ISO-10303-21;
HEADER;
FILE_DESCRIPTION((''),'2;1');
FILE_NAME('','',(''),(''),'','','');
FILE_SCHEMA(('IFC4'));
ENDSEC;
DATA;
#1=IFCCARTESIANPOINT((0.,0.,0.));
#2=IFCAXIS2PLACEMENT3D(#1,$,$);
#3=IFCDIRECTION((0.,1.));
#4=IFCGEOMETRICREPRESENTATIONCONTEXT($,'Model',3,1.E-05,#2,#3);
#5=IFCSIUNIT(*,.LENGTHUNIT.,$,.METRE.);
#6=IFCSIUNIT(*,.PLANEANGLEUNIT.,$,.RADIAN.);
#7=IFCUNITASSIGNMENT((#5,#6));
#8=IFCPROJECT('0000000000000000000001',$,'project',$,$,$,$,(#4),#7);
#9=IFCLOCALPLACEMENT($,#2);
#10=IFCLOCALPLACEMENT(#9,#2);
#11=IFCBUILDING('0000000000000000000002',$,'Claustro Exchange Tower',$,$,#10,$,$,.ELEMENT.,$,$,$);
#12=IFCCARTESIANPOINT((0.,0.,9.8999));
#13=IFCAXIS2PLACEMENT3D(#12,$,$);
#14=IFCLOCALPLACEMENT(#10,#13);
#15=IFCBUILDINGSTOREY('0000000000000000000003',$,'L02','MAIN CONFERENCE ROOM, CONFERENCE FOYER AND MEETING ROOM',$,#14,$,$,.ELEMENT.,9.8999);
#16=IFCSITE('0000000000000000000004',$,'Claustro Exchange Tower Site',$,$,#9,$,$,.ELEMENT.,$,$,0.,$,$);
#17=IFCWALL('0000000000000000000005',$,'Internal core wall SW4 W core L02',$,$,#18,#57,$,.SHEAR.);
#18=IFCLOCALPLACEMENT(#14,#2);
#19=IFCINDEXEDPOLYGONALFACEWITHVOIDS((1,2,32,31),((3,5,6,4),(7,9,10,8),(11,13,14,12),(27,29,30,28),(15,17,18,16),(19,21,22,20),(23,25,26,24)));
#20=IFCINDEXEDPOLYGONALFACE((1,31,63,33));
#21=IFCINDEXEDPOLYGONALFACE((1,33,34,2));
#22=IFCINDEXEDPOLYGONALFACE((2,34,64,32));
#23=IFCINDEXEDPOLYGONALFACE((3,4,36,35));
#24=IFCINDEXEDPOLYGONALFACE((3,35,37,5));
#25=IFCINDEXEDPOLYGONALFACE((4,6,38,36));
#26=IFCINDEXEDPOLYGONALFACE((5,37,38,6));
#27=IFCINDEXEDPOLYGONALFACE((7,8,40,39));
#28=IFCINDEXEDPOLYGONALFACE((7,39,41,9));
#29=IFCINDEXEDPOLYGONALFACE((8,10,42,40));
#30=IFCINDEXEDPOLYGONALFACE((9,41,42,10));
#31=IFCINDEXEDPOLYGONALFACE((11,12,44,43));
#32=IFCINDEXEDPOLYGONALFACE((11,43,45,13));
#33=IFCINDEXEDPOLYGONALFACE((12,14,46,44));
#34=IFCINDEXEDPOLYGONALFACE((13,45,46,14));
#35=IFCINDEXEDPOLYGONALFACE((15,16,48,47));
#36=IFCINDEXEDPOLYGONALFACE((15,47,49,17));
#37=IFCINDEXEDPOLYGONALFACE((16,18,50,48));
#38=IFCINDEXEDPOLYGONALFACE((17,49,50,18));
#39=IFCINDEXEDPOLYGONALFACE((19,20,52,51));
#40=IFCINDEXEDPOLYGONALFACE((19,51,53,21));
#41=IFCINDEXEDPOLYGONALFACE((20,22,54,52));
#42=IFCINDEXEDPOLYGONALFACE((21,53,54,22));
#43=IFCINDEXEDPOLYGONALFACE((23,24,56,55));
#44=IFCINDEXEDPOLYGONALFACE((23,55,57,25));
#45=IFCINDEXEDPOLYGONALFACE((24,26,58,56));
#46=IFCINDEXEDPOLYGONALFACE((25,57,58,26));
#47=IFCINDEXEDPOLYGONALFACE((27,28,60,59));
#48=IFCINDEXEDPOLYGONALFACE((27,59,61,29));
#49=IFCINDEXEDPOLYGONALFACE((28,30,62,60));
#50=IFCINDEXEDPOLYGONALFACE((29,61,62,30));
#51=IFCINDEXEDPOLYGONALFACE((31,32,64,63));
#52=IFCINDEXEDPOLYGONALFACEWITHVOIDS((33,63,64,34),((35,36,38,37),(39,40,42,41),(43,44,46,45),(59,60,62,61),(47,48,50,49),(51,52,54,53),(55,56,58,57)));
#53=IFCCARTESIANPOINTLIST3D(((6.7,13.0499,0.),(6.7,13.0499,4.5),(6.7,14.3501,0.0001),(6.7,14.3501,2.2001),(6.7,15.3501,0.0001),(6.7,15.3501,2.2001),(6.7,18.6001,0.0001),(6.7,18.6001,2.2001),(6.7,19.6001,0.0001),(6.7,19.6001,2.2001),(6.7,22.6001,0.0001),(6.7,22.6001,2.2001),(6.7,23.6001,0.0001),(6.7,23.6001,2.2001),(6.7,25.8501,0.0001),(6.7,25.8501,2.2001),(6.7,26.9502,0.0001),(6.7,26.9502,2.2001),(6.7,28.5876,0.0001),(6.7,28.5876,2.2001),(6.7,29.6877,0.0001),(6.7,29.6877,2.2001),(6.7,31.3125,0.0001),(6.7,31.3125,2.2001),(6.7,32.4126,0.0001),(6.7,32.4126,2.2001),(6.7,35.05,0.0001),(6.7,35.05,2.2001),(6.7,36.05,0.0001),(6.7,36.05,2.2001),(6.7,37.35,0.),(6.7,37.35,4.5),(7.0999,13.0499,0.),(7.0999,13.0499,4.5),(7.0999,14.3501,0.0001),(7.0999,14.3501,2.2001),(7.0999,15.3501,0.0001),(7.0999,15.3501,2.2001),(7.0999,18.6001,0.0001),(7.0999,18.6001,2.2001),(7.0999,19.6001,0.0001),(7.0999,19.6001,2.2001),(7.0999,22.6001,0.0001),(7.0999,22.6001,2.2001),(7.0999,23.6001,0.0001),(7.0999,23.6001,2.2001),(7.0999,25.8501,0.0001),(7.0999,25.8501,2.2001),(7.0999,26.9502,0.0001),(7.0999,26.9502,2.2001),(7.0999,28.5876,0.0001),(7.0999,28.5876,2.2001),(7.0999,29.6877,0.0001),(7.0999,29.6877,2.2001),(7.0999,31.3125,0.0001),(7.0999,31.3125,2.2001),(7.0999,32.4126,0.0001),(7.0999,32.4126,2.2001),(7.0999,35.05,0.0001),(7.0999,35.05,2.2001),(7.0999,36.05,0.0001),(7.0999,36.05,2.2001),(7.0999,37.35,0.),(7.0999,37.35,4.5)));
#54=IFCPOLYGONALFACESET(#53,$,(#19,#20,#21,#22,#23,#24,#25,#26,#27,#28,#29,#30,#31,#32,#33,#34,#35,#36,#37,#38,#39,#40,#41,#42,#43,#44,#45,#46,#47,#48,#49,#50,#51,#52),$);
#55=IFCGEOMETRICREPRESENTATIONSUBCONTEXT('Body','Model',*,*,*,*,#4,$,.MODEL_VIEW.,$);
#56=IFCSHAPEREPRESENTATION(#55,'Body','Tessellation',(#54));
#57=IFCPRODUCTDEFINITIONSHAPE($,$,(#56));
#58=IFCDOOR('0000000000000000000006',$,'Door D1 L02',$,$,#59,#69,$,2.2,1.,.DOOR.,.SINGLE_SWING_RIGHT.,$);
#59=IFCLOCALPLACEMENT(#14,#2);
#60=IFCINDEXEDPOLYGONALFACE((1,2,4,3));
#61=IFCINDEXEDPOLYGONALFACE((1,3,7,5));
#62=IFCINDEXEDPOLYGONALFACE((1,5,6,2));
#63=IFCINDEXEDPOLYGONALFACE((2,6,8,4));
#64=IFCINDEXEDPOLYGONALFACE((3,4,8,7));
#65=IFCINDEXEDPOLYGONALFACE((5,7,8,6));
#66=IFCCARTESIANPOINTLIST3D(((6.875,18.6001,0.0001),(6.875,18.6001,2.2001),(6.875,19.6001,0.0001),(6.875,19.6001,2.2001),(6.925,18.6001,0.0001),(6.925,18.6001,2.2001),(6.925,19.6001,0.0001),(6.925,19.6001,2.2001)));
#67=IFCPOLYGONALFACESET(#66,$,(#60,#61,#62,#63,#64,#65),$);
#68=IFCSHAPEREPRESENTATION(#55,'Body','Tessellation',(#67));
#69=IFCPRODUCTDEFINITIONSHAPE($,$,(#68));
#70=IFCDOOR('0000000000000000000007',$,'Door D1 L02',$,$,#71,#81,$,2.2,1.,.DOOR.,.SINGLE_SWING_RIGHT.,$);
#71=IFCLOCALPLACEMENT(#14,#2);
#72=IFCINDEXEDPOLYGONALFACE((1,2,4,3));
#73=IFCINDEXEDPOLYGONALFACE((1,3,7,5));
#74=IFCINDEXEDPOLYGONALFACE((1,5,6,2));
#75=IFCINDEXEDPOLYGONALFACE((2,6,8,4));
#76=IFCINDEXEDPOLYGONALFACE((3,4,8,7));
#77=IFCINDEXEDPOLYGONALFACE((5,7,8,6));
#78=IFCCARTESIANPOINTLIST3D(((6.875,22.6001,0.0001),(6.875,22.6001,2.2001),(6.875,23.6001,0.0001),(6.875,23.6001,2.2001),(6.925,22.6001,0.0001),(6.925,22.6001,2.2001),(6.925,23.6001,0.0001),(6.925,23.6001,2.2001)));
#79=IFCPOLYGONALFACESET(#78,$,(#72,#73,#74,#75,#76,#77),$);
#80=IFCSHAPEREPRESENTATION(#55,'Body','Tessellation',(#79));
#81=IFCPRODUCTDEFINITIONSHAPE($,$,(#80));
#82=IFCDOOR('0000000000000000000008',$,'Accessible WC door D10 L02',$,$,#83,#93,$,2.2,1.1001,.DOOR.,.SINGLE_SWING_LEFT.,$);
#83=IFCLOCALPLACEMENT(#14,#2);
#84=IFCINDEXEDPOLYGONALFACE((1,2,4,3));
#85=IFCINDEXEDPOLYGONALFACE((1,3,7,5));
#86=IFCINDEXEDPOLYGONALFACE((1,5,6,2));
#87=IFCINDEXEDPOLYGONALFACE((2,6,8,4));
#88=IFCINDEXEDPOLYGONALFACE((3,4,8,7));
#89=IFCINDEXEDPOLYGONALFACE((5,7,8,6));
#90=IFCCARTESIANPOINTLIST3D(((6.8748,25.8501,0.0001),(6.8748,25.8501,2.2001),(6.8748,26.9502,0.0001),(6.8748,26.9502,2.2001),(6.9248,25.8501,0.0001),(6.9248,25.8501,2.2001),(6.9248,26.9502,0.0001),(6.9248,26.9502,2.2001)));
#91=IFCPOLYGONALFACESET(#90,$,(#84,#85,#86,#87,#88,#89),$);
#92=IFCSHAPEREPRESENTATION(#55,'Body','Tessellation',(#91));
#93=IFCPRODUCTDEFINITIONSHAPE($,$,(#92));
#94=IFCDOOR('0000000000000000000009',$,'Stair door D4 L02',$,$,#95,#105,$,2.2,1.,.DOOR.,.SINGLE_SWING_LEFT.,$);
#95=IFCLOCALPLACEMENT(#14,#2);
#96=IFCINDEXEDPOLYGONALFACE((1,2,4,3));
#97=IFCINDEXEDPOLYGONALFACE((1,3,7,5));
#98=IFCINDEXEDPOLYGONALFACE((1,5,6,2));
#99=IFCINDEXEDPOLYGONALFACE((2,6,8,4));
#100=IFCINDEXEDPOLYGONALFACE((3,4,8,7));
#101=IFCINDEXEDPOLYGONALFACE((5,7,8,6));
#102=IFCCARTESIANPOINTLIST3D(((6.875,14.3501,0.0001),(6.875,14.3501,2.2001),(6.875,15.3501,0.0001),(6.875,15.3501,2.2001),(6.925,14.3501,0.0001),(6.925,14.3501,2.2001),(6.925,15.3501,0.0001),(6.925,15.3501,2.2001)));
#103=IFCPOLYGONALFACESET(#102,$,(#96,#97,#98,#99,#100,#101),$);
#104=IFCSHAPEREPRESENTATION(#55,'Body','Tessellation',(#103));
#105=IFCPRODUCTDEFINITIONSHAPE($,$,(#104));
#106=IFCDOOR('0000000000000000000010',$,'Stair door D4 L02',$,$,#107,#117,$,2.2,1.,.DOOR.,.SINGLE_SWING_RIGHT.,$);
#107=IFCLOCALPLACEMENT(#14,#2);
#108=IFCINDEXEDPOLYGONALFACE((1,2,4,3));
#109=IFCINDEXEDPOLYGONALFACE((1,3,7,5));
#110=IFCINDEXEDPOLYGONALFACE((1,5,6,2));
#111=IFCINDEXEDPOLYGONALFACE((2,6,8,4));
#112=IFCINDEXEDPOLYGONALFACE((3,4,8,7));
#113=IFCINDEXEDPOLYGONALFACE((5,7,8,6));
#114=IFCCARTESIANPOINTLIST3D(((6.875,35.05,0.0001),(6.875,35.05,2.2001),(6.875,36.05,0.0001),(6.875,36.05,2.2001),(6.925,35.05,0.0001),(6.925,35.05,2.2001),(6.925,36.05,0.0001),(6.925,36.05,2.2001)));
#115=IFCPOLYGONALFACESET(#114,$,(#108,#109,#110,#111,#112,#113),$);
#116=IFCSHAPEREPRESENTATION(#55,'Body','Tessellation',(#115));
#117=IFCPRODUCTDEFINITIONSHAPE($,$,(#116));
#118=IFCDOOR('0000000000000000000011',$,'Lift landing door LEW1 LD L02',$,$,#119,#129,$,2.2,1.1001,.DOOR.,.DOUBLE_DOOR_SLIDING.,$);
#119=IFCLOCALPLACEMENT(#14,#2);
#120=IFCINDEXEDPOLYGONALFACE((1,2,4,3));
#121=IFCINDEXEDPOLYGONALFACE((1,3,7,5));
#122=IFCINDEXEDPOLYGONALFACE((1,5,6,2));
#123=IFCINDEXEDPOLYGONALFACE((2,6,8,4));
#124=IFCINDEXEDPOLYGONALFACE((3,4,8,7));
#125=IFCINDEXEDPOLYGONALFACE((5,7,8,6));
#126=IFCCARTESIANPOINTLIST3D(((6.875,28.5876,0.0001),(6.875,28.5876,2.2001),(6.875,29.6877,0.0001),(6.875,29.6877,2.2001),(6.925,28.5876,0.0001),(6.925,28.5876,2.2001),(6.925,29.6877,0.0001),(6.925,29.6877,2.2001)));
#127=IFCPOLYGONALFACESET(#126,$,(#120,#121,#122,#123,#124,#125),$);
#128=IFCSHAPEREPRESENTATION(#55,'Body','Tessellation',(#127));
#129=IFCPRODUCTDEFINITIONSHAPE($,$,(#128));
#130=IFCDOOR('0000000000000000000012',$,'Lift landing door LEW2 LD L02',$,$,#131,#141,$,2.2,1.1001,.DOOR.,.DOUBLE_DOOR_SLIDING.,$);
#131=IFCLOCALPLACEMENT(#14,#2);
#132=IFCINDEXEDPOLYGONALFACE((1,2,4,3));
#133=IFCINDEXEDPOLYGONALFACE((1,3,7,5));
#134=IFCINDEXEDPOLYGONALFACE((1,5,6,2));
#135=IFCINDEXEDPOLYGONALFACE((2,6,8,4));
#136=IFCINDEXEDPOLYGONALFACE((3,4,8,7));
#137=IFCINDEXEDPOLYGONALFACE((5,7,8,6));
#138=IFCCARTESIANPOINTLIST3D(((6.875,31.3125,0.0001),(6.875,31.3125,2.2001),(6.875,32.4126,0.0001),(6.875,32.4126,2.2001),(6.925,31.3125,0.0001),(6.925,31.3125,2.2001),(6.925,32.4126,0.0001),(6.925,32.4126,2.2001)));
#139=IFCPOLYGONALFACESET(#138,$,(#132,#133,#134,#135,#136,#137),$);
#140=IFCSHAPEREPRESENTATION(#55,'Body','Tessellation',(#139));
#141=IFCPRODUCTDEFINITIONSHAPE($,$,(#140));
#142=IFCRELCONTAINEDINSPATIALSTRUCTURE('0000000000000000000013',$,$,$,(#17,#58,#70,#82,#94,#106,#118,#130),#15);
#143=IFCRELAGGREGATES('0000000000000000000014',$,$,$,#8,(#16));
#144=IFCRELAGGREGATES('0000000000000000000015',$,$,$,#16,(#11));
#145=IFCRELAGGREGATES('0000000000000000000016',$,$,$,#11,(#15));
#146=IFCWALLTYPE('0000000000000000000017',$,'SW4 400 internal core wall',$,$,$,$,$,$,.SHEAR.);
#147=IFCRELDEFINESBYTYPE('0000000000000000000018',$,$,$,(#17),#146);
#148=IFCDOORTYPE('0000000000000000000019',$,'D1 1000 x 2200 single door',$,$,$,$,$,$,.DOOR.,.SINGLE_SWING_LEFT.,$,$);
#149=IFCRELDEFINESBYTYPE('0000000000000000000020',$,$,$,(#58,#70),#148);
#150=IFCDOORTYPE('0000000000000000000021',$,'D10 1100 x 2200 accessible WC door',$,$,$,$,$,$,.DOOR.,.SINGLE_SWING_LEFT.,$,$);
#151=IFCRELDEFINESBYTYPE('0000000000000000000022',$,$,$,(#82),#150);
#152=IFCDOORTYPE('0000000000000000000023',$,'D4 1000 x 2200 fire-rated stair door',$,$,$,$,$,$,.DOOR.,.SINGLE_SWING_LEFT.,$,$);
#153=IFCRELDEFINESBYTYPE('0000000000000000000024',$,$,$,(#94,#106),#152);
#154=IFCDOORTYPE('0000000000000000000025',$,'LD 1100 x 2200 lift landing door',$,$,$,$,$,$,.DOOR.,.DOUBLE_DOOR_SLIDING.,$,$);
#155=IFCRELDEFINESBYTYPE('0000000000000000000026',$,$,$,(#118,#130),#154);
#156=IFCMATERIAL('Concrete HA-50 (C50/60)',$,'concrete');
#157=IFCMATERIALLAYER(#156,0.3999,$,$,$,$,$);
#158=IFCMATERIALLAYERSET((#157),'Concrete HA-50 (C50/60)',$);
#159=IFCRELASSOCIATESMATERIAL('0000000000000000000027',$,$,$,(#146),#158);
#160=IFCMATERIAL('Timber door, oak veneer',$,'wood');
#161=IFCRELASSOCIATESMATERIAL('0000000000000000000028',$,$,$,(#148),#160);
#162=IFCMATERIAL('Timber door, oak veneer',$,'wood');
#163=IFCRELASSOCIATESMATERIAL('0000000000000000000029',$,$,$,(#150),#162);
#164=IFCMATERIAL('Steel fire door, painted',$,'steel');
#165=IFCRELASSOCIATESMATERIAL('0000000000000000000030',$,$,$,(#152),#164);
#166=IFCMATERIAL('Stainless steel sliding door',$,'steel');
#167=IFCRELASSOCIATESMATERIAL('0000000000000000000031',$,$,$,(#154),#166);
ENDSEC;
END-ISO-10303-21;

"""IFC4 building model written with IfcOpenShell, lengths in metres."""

from ifc_helpers import new_model, si_unit, direction, frame, frame_2d, origin, place, context, subcontext, project, spatial, rectangle, extrude, material, layer, layer_set, type_object, element, fill, save


model = new_model("IFC4")

# Units and contexts
model_context = context("Model", 3, precision=1e-05, world=origin(), true_north=direction((0.0, 1.0)))
body_context = subcontext(model_context, "Body", "Model", "MODEL_VIEW")
ifc_project = project(units=[si_unit("LENGTHUNIT", "METRE"), si_unit("PLANEANGLEUNIT", "RADIAN")], contexts=[model_context])

# Site, building, storey
site_placement = place(None, origin())
site = spatial("IfcSite", under=ifc_project, at=site_placement, Name="Claustro Exchange Tower Site", CompositionType="ELEMENT", RefElevation=0.0)
building_placement = place(site_placement, origin())
building = spatial("IfcBuilding", under=site, at=building_placement, Name="Claustro Exchange Tower", CompositionType="ELEMENT")
storey_placement = place(building_placement, frame((0.0, 0.0, 9.8999)))
storey = spatial("IfcBuildingStorey", under=building, at=storey_placement, Name="L02", Description="MAIN CONFERENCE ROOM, CONFERENCE FOYER AND MEETING ROOM", CompositionType="ELEMENT", Elevation=9.8999)

# Wall, openings, doors
ifc_material_1 = material(Name="Concrete HA-50 (C50/60)", Category="concrete")
ifc_layer = layer(ifc_material_1, 0.3999)
ifc_layer_set = layer_set([ifc_layer], Name="Concrete HA-50 (C50/60)")
wall_type = type_object("IfcWallType", Name="SW4 400 internal core wall", PredefinedType="SHEAR", material=ifc_layer_set)
wall_placement = place(storey_placement, frame((6.8999, 13.05, 0.0), z_axis=(0.0, 0.0, 1.0), x_axis=(0.0, 1.0, 0.0)))
wall = element("IfcWall", 1, at=wall_placement, inside=storey, type_object=wall_type, Name="Internal core wall SW4 W core L02", PredefinedType="SHEAR", context=body_context, shape_type="SweptSolid", body=[
    extrude(rectangle(XDim=24.3, YDim=0.3999, at=frame_2d((12.1499, 0.0))), origin(), (0.0, 0.0, 1.0), 4.5),
])
opening_1_placement = place(wall_placement, frame((1.3, 0.0, 0.0)))
opening_1 = element("IfcOpeningElement", 2, at=opening_1_placement, cuts=wall, PredefinedType="OPENING", context=body_context, shape_type="SweptSolid", body=[
    extrude(rectangle(XDim=1.0, YDim=2.2, at=frame_2d((0.5, 1.1001))), frame((0.0, 0.21, 0.0), z_axis=(0.0, -1.0, 0.0), x_axis=(1.0, 0.0, 0.0)), (0.0, 0.0, 1.0), 0.4199),
])
opening_2_placement = place(wall_placement, frame((22.0, 0.0, 0.0)))
opening_2 = element("IfcOpeningElement", 3, at=opening_2_placement, cuts=wall, PredefinedType="OPENING", context=body_context, shape_type="SweptSolid", body=[
    extrude(rectangle(XDim=1.0, YDim=2.2, at=frame_2d((0.5, 1.1001))), frame((0.0, 0.21, 0.0), z_axis=(0.0, -1.0, 0.0), x_axis=(1.0, 0.0, 0.0)), (0.0, 0.0, 1.0), 0.4199),
])
opening_3_placement = place(wall_placement, frame((5.55, 0.0, 0.0)))
opening_3 = element("IfcOpeningElement", 4, at=opening_3_placement, cuts=wall, PredefinedType="OPENING", context=body_context, shape_type="SweptSolid", body=[
    extrude(rectangle(XDim=1.0, YDim=2.2, at=frame_2d((0.5, 1.1001))), frame((0.0, 0.21, 0.0), z_axis=(0.0, -1.0, 0.0), x_axis=(1.0, 0.0, 0.0)), (0.0, 0.0, 1.0), 0.4199),
])
opening_4_placement = place(wall_placement, frame((9.55, 0.0, 0.0)))
opening_4 = element("IfcOpeningElement", 5, at=opening_4_placement, cuts=wall, PredefinedType="OPENING", context=body_context, shape_type="SweptSolid", body=[
    extrude(rectangle(XDim=1.0, YDim=2.2, at=frame_2d((0.5, 1.1001))), frame((0.0, 0.21, 0.0), z_axis=(0.0, -1.0, 0.0), x_axis=(1.0, 0.0, 0.0)), (0.0, 0.0, 1.0), 0.4199),
])
opening_5_placement = place(wall_placement, frame((12.8, 0.0, 0.0)))
opening_5 = element("IfcOpeningElement", 6, at=opening_5_placement, cuts=wall, PredefinedType="OPENING", context=body_context, shape_type="SweptSolid", body=[
    extrude(rectangle(XDim=1.1001, YDim=2.2, at=frame_2d((0.55, 1.1001))), frame((0.0, 0.21, 0.0), z_axis=(0.0, -1.0, 0.0), x_axis=(1.0, 0.0, 0.0)), (0.0, 0.0, 1.0), 0.4199),
])
opening_6_placement = place(wall_placement, frame((15.5376, 0.0, 0.0)))
opening_6 = element("IfcOpeningElement", 7, at=opening_6_placement, cuts=wall, PredefinedType="OPENING", context=body_context, shape_type="SweptSolid", body=[
    extrude(rectangle(XDim=1.1001, YDim=2.2, at=frame_2d((0.55, 1.1001))), frame((0.0, 0.21, 0.0), z_axis=(0.0, -1.0, 0.0), x_axis=(1.0, 0.0, 0.0)), (0.0, 0.0, 1.0), 0.4199),
])
opening_7_placement = place(wall_placement, frame((18.2625, 0.0, 0.0)))
opening_7 = element("IfcOpeningElement", 8, at=opening_7_placement, cuts=wall, PredefinedType="OPENING", context=body_context, shape_type="SweptSolid", body=[
    extrude(rectangle(XDim=1.1001, YDim=2.2, at=frame_2d((0.55, 1.1001))), frame((0.0, 0.21, 0.0), z_axis=(0.0, -1.0, 0.0), x_axis=(1.0, 0.0, 0.0)), (0.0, 0.0, 1.0), 0.4199),
])
ifc_material_2 = material(Name="Timber door, oak veneer", Category="wood")
door_type_1 = type_object("IfcDoorType", Name="D1 1000 x 2200 single door", OperationType="SINGLE_SWING_LEFT", PredefinedType="DOOR", material=ifc_material_2)
door_1_placement = place(opening_3_placement, origin())
door_1 = element("IfcDoor", 9, at=door_1_placement, inside=storey, type_object=door_type_1, Name="Door D1 L02", OperationType="SINGLE_SWING_RIGHT", OverallHeight=2.2, OverallWidth=1.0, PredefinedType="DOOR", context=body_context, shape_type="SweptSolid", body=[
    extrude(rectangle(XDim=1.0, YDim=2.2, at=frame_2d((0.5, 1.1001))), frame((0.0, 0.0249, 0.0), z_axis=(0.0, -1.0, 0.0), x_axis=(1.0, 0.0, 0.0)), (0.0, 0.0, 1.0), 0.05),
])
fill(opening_3, door_1)
door_2_placement = place(opening_4_placement, origin())
door_2 = element("IfcDoor", 10, at=door_2_placement, inside=storey, type_object=door_type_1, Name="Door D1 L02", OperationType="SINGLE_SWING_RIGHT", OverallHeight=2.2, OverallWidth=1.0, PredefinedType="DOOR", context=body_context, shape_type="SweptSolid", body=[
    extrude(rectangle(XDim=1.0, YDim=2.2, at=frame_2d((0.5, 1.1001))), frame((0.0, 0.0249, 0.0), z_axis=(0.0, -1.0, 0.0), x_axis=(1.0, 0.0, 0.0)), (0.0, 0.0, 1.0), 0.05),
])
fill(opening_4, door_2)
ifc_material_3 = material(Name="Timber door, oak veneer", Category="wood")
door_type_2 = type_object("IfcDoorType", Name="D10 1100 x 2200 accessible WC door", OperationType="SINGLE_SWING_LEFT", PredefinedType="DOOR", material=ifc_material_3)
door_3_placement = place(opening_5_placement, frame((1.1001, 0.0, 0.0), z_axis=(0.0, 0.0, 1.0), x_axis=(-1.0, 0.0, 0.0)))
door_3 = element("IfcDoor", 11, at=door_3_placement, inside=storey, type_object=door_type_2, Name="Accessible WC door D10 L02", OperationType="SINGLE_SWING_LEFT", OverallHeight=2.2, OverallWidth=1.1001, PredefinedType="DOOR", context=body_context, shape_type="SweptSolid", body=[
    extrude(rectangle(XDim=1.1001, YDim=2.2, at=frame_2d((0.55, 1.1001))), frame((0.0, 0.0249, 0.0), z_axis=(0.0, -1.0, 0.0), x_axis=(1.0, 0.0, 0.0)), (0.0, 0.0, 1.0), 0.05),
])
fill(opening_5, door_3)
ifc_material_4 = material(Name="Steel fire door, painted", Category="steel")
door_type_3 = type_object("IfcDoorType", Name="D4 1000 x 2200 fire-rated stair door", OperationType="SINGLE_SWING_LEFT", PredefinedType="DOOR", material=ifc_material_4)
door_4_placement = place(opening_1_placement, origin())
door_4 = element("IfcDoor", 12, at=door_4_placement, inside=storey, type_object=door_type_3, Name="Stair door D4 L02", OperationType="SINGLE_SWING_LEFT", OverallHeight=2.2, OverallWidth=1.0, PredefinedType="DOOR", context=body_context, shape_type="SweptSolid", body=[
    extrude(rectangle(XDim=1.0, YDim=2.2, at=frame_2d((0.5, 1.1001))), frame((0.0, 0.0249, 0.0), z_axis=(0.0, -1.0, 0.0), x_axis=(1.0, 0.0, 0.0)), (0.0, 0.0, 1.0), 0.05),
])
fill(opening_1, door_4)
door_5_placement = place(opening_2_placement, origin())
door_5 = element("IfcDoor", 13, at=door_5_placement, inside=storey, type_object=door_type_3, Name="Stair door D4 L02", OperationType="SINGLE_SWING_RIGHT", OverallHeight=2.2, OverallWidth=1.0, PredefinedType="DOOR", context=body_context, shape_type="SweptSolid", body=[
    extrude(rectangle(XDim=1.0, YDim=2.2, at=frame_2d((0.5, 1.1001))), frame((0.0, 0.0249, 0.0), z_axis=(0.0, -1.0, 0.0), x_axis=(1.0, 0.0, 0.0)), (0.0, 0.0, 1.0), 0.05),
])
fill(opening_2, door_5)
ifc_material_5 = material(Name="Stainless steel sliding door", Category="steel")
door_type_4 = type_object("IfcDoorType", Name="LD 1100 x 2200 lift landing door", OperationType="DOUBLE_DOOR_SLIDING", PredefinedType="DOOR", material=ifc_material_5)
door_6_placement = place(opening_6_placement, origin())
door_6 = element("IfcDoor", 14, at=door_6_placement, inside=storey, type_object=door_type_4, Name="Lift landing door LEW1 LD L02", OperationType="DOUBLE_DOOR_SLIDING", OverallHeight=2.2, OverallWidth=1.1001, PredefinedType="DOOR", context=body_context, shape_type="SweptSolid", body=[
    extrude(rectangle(XDim=1.1001, YDim=2.2, at=frame_2d((0.55, 1.1001))), frame((0.0, 0.0249, 0.0), z_axis=(0.0, -1.0, 0.0), x_axis=(1.0, 0.0, 0.0)), (0.0, 0.0, 1.0), 0.05),
])
fill(opening_6, door_6)
door_7_placement = place(opening_7_placement, origin())
door_7 = element("IfcDoor", 15, at=door_7_placement, inside=storey, type_object=door_type_4, Name="Lift landing door LEW2 LD L02", OperationType="DOUBLE_DOOR_SLIDING", OverallHeight=2.2, OverallWidth=1.1001, PredefinedType="DOOR", context=body_context, shape_type="SweptSolid", body=[
    extrude(rectangle(XDim=1.1001, YDim=2.2, at=frame_2d((0.55, 1.1001))), frame((0.0, 0.0249, 0.0), z_axis=(0.0, -1.0, 0.0), x_axis=(1.0, 0.0, 0.0)), (0.0, 0.0, 1.0), 0.05),
])
fill(opening_7, door_7)

save(model, "model.ifc")
